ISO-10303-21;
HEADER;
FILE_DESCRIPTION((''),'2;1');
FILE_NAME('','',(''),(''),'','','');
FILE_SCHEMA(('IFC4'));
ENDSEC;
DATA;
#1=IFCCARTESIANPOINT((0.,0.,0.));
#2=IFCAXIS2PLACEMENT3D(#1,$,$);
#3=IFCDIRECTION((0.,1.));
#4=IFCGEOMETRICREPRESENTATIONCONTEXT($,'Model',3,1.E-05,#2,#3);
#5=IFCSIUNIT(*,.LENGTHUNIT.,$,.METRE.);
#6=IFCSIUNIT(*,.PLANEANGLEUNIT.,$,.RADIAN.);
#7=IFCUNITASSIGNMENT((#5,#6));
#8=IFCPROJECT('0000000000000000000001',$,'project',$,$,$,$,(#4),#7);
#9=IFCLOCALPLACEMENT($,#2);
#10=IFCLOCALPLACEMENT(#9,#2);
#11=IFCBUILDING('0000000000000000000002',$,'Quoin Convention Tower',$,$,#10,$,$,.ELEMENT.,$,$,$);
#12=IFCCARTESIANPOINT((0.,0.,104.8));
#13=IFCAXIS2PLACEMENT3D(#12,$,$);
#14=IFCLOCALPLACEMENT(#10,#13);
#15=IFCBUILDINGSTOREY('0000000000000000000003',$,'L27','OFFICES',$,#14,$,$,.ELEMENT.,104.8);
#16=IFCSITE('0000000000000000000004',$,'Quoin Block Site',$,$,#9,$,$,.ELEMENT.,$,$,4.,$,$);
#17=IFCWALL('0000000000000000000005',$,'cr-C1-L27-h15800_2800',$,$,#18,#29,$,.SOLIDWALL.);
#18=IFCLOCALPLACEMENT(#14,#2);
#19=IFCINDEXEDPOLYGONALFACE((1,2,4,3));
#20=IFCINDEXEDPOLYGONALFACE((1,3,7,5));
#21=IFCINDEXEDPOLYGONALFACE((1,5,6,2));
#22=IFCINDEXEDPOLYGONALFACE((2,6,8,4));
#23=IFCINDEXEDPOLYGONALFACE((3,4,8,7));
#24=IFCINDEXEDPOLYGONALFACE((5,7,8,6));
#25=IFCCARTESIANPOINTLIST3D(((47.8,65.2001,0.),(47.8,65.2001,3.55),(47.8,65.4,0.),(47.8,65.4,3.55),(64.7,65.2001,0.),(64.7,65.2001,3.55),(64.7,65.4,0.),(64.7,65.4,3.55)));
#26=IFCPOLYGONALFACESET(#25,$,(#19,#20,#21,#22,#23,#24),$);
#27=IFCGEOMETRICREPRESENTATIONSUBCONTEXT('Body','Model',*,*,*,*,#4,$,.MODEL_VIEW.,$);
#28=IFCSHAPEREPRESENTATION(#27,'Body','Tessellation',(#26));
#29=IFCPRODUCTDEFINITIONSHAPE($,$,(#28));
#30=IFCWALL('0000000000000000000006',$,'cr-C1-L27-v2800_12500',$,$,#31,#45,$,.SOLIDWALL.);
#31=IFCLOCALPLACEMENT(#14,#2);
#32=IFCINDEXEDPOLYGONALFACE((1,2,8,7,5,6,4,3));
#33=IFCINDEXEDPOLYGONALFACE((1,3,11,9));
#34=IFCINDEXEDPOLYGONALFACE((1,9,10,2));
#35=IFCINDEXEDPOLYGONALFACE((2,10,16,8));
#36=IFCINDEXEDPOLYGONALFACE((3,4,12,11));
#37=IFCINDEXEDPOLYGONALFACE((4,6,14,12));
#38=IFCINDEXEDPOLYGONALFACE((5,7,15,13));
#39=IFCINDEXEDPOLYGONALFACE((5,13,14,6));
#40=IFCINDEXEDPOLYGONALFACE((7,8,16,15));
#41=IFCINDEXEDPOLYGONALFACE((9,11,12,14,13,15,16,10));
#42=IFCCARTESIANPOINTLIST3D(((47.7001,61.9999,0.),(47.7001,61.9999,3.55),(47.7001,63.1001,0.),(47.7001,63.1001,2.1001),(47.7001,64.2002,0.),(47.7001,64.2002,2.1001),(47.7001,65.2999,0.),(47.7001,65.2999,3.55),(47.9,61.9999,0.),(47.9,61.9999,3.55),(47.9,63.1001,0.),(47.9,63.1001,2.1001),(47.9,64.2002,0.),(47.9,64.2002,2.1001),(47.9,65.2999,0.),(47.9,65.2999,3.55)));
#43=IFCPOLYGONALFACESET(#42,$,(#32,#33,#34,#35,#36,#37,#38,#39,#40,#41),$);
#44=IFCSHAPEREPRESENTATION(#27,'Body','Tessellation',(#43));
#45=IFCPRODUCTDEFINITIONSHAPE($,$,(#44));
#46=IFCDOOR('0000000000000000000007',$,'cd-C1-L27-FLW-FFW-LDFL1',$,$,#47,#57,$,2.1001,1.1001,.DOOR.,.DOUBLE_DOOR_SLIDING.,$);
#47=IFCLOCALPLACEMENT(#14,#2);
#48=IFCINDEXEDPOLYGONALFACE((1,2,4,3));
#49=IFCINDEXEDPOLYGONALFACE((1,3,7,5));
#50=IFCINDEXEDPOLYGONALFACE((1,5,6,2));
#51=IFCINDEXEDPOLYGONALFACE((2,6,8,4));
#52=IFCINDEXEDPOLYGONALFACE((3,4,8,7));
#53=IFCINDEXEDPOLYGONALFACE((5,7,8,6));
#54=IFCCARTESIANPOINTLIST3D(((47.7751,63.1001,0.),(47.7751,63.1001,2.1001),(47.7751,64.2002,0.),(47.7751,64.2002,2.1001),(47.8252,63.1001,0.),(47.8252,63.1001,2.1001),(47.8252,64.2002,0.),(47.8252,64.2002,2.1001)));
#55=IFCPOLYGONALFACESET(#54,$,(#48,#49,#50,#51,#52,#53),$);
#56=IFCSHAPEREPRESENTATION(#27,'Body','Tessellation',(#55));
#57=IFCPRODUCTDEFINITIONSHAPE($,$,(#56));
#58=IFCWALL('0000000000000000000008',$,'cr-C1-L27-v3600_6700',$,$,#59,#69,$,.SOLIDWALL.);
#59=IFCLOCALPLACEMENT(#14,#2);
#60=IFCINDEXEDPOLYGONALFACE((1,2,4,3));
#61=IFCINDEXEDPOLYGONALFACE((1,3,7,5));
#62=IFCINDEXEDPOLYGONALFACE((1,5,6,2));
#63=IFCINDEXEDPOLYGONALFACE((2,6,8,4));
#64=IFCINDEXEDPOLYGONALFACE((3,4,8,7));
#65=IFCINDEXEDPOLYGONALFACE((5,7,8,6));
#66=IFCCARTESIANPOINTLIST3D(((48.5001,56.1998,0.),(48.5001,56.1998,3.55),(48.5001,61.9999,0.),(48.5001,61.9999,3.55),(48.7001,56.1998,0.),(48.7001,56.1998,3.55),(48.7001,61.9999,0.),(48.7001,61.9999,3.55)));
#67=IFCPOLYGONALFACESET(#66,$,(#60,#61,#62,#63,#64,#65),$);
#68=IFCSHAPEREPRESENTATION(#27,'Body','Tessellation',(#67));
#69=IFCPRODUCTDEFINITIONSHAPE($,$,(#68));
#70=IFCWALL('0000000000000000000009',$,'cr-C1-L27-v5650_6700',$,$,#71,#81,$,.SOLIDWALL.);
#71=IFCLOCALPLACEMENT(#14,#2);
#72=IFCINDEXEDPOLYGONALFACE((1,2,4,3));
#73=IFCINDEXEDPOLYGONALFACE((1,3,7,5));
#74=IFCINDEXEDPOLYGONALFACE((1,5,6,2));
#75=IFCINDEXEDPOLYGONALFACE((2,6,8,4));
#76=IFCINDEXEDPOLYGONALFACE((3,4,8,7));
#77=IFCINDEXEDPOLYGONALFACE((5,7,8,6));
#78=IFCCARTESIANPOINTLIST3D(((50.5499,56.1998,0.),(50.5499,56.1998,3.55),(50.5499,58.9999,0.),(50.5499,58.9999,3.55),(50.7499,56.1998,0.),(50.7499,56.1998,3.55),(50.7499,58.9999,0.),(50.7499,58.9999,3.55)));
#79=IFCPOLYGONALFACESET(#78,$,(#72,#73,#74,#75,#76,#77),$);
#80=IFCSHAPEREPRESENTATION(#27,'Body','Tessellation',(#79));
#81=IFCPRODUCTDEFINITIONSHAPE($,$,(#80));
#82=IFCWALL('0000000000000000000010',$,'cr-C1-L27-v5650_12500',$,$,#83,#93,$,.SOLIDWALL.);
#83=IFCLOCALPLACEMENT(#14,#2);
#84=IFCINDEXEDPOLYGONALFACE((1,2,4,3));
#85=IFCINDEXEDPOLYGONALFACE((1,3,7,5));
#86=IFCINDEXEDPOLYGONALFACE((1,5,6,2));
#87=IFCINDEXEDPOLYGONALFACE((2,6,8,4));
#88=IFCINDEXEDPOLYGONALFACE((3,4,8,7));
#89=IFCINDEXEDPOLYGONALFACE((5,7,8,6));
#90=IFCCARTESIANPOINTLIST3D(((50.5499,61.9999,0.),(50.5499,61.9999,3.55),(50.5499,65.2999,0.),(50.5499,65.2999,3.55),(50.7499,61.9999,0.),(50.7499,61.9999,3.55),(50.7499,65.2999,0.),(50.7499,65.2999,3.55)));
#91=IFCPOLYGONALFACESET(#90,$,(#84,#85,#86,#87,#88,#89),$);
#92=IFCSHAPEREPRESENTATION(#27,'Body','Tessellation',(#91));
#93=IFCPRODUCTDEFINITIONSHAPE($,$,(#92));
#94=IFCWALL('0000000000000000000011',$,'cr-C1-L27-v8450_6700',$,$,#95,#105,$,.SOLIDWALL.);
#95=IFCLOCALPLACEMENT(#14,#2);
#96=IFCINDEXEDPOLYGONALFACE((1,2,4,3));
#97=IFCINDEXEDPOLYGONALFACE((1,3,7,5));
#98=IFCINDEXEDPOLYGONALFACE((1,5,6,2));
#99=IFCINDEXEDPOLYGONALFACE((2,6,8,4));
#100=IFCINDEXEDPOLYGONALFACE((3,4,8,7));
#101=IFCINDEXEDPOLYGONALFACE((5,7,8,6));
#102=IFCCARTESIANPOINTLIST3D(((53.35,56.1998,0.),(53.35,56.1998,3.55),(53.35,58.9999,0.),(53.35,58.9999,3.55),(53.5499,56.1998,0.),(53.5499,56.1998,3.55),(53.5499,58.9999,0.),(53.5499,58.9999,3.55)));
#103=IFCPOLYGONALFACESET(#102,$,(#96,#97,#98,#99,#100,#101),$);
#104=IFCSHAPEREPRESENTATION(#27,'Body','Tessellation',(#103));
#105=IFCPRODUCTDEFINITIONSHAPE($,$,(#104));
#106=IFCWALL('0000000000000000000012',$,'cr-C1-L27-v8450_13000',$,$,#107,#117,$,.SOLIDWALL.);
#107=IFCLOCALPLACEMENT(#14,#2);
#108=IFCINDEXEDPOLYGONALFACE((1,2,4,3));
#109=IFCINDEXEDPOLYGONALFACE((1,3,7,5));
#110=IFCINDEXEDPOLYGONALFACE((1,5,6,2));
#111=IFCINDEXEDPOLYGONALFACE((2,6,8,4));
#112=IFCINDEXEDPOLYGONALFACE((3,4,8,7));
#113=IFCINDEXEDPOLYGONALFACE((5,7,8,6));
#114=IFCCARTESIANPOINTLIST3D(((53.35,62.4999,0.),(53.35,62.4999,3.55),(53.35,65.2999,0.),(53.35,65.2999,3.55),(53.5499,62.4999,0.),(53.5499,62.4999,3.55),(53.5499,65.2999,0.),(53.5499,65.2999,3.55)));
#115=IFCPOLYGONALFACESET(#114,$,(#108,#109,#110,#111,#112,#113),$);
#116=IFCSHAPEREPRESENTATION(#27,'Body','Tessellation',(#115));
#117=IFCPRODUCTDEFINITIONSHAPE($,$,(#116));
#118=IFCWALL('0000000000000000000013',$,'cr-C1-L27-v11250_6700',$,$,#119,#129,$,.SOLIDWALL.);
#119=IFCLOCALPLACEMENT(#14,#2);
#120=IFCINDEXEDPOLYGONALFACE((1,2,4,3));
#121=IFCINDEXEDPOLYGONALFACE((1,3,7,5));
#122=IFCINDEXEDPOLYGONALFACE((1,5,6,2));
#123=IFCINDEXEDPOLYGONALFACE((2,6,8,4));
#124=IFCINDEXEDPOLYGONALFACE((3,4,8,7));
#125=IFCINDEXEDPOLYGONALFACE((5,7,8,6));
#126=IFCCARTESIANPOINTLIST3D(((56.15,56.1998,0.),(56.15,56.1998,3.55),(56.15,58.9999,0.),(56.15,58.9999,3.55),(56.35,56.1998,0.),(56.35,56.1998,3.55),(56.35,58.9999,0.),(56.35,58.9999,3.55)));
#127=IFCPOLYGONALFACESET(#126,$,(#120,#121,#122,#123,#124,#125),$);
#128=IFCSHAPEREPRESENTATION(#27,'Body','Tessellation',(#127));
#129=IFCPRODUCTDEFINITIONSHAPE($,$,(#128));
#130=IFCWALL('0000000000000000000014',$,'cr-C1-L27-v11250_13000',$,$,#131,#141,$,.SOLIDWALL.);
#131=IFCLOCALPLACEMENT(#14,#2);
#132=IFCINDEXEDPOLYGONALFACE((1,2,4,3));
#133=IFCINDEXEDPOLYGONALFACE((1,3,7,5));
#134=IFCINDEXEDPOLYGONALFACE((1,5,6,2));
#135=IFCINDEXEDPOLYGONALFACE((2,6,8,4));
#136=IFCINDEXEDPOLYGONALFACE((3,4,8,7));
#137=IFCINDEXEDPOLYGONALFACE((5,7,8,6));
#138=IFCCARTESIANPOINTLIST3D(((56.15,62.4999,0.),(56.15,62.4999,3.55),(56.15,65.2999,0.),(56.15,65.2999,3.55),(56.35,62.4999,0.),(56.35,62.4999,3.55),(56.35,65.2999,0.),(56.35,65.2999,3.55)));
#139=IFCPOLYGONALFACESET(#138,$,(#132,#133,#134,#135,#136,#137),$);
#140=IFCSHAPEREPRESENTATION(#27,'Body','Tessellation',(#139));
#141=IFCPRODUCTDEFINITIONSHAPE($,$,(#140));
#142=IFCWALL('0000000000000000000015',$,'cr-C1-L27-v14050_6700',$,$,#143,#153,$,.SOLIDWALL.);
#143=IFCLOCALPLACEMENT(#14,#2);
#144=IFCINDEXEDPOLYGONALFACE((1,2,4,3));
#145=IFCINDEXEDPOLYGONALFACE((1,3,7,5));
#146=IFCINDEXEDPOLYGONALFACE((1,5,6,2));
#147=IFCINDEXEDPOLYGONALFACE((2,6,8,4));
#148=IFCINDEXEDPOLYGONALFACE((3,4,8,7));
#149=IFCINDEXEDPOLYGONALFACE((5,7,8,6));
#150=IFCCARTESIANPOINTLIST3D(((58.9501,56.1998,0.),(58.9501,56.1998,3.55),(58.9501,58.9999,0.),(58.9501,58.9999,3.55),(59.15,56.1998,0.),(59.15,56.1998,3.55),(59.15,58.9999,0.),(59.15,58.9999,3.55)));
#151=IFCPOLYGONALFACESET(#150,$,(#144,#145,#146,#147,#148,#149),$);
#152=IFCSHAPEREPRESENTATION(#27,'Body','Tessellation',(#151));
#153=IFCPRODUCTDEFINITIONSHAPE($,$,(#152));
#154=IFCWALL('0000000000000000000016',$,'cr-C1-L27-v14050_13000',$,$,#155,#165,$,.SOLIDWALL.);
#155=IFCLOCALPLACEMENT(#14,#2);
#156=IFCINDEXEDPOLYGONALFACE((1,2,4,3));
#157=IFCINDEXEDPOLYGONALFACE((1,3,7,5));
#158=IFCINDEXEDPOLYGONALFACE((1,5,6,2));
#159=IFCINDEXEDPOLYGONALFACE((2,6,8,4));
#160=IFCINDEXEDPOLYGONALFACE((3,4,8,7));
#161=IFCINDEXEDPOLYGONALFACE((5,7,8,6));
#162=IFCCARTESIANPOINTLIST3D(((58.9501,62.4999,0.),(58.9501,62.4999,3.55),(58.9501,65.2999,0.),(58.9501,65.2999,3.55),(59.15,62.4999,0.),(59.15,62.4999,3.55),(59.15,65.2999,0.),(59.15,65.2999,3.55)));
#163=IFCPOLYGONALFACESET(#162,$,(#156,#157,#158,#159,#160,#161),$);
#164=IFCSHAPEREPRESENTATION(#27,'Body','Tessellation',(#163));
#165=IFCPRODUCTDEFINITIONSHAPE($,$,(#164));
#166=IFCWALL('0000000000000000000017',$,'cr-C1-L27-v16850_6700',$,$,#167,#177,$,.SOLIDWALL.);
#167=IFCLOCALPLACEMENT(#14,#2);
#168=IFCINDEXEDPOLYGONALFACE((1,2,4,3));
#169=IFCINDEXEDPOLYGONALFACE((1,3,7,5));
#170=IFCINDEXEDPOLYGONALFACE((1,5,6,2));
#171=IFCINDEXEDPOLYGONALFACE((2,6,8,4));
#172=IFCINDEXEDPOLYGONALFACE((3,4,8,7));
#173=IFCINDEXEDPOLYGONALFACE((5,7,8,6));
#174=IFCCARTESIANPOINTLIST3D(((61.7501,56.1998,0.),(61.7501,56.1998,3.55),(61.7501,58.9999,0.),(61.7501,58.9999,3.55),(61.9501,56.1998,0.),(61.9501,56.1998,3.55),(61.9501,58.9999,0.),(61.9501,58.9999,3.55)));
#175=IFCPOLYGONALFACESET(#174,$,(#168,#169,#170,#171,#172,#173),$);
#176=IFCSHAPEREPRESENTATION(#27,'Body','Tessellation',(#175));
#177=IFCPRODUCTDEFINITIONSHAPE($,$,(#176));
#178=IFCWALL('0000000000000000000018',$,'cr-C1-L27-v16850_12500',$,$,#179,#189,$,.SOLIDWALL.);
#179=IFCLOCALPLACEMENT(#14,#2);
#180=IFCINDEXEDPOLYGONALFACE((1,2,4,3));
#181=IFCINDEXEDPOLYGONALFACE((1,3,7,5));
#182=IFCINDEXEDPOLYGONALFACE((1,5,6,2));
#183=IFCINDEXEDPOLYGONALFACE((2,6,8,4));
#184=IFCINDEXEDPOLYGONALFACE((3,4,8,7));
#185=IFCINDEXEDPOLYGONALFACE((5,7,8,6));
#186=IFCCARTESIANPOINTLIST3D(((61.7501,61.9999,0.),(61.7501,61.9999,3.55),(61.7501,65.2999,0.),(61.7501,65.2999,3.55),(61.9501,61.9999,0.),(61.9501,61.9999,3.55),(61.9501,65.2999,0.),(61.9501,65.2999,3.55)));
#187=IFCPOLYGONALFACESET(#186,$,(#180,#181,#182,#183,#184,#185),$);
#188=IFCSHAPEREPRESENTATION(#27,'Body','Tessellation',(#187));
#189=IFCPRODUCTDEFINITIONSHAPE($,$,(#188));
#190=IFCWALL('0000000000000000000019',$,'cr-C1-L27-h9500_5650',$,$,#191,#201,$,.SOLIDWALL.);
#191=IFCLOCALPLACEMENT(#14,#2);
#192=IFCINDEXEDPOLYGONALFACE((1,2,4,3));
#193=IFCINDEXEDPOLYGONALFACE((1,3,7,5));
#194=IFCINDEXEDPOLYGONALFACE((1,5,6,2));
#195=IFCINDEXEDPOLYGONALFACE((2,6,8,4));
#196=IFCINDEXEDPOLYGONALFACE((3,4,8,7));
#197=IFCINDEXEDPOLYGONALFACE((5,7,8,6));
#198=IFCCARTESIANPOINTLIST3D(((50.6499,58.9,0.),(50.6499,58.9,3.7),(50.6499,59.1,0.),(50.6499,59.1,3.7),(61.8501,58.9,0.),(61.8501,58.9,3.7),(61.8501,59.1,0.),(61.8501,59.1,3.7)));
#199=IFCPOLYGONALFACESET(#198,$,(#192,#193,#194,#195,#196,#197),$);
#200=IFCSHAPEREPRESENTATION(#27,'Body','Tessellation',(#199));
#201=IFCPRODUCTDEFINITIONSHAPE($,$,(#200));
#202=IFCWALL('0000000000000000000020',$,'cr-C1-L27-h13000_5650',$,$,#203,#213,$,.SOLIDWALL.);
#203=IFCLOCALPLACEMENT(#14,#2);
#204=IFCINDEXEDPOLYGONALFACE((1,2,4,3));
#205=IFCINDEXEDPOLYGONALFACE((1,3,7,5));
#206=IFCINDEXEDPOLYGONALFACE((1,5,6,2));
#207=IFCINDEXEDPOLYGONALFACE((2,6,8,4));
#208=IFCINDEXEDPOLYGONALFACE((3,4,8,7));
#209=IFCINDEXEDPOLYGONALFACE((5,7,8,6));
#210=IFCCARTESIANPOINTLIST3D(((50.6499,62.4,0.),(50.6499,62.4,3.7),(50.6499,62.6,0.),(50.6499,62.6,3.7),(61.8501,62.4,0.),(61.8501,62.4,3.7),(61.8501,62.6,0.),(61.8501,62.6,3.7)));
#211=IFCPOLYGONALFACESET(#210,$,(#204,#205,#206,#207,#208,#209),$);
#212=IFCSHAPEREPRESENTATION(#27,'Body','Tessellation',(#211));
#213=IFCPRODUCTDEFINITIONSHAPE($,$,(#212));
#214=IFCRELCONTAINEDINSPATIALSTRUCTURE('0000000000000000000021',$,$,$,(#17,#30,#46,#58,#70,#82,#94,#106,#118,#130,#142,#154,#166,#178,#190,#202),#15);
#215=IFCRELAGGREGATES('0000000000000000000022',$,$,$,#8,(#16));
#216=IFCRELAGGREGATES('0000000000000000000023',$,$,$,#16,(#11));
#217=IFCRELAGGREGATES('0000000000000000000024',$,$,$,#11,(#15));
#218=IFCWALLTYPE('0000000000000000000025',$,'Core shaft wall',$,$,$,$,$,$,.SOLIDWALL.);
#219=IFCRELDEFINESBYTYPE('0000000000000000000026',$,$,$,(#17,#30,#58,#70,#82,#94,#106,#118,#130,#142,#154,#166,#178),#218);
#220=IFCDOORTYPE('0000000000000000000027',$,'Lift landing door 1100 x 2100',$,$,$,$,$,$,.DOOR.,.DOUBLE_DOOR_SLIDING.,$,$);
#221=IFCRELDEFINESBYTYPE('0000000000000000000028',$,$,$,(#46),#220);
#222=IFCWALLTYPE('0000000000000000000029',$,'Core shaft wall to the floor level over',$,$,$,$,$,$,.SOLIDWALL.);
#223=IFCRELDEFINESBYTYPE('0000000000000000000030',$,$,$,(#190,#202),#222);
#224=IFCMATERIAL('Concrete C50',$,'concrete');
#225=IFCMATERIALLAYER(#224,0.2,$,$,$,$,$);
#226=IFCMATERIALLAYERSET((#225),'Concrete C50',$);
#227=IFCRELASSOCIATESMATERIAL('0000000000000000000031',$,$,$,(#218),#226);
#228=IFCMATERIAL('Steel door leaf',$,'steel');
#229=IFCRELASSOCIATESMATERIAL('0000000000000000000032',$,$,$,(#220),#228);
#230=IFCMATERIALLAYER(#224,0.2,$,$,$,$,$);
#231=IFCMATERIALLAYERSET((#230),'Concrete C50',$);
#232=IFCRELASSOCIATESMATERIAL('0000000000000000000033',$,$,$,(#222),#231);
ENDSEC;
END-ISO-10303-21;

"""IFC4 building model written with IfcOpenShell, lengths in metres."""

from ifc_helpers import new_model, si_unit, direction, frame, frame_2d, origin, place, context, subcontext, project, spatial, rectangle, extrude, material, layer, layer_set, type_object, element, fill, save


model = new_model("IFC4")

# Units and contexts
model_context = context("Model", 3, precision=1e-05, world=origin(), true_north=direction((0.0, 1.0)))
body_context = subcontext(model_context, "Body", "Model", "MODEL_VIEW")
ifc_project = project(units=[si_unit("LENGTHUNIT", "METRE"), si_unit("PLANEANGLEUNIT", "RADIAN")], contexts=[model_context])

# Site, building, storey
site_placement = place(None, origin())
site = spatial("IfcSite", under=ifc_project, at=site_placement, Name="Quoin Block Site", CompositionType="ELEMENT", RefElevation=4.0)
building_placement = place(site_placement, origin())
building = spatial("IfcBuilding", under=site, at=building_placement, Name="Quoin Convention Tower", CompositionType="ELEMENT")
storey_placement = place(building_placement, frame((0.0, 0.0, 104.8)))
storey = spatial("IfcBuildingStorey", under=building, at=storey_placement, Name="L27", Description="OFFICES", CompositionType="ELEMENT", Elevation=104.8)

# Shared definitions
ifc_material_1 = material(Name="Steel door leaf", Category="steel")

# Shared definitions
ifc_material_2 = material(Name="Concrete C50", Category="concrete")
ifc_layer_1 = layer(ifc_material_2, 0.2)
ifc_layer_set_1 = layer_set([ifc_layer_1], Name="Concrete C50")
wall_type_1 = type_object("IfcWallType", Name="Core shaft wall", PredefinedType="SOLIDWALL", material=ifc_layer_set_1)

# Wall
wall_1_placement = place(storey_placement, frame((47.8, 65.3, 0.0), z_axis=(0.0, 0.0, 1.0), x_axis=(1.0, 0.0, 0.0)))
element("IfcWall", 1, at=wall_1_placement, inside=storey, type_object=wall_type_1, Name="cr-C1-L27-h15800_2800", PredefinedType="SOLIDWALL", context=body_context, shape_type="SweptSolid", body=[
    extrude(rectangle(XDim=16.8999, YDim=0.2, at=frame_2d((8.45, 0.0))), origin(), (0.0, 0.0, 1.0), 3.55),
])

# Wall, opening, door
wall_2_placement = place(storey_placement, frame((47.8, 62.0, 0.0), z_axis=(0.0, 0.0, 1.0), x_axis=(0.0, 1.0, 0.0)))
wall_2 = element("IfcWall", 2, at=wall_2_placement, inside=storey, type_object=wall_type_1, Name="cr-C1-L27-v2800_12500", PredefinedType="SOLIDWALL", context=body_context, shape_type="SweptSolid", body=[
    extrude(rectangle(XDim=3.3, YDim=0.2, at=frame_2d((1.6499, 0.0))), origin(), (0.0, 0.0, 1.0), 3.55),
])
opening_1_placement = place(wall_2_placement, frame((1.1001, 0.0, 0.0)))
opening_1 = element("IfcOpeningElement", 3, at=opening_1_placement, cuts=wall_2, PredefinedType="OPENING", context=body_context, shape_type="SweptSolid", body=[
    extrude(rectangle(XDim=1.1001, YDim=2.1001, at=frame_2d((0.55, 1.05))), frame((0.0, 0.1099, 0.0), z_axis=(0.0, -1.0, 0.0), x_axis=(1.0, 0.0, 0.0)), (0.0, 0.0, 1.0), 0.22),
])
door_type_1 = type_object("IfcDoorType", Name="Lift landing door 1100 x 2100", OperationType="DOUBLE_DOOR_SLIDING", PredefinedType="DOOR", material=ifc_material_1)
door_1_placement = place(opening_1_placement, origin())
door_1 = element("IfcDoor", 4, at=door_1_placement, inside=storey, type_object=door_type_1, Name="cd-C1-L27-FLW-FFW-LDFL1", OperationType="DOUBLE_DOOR_SLIDING", OverallHeight=2.1001, OverallWidth=1.1001, PredefinedType="DOOR", context=body_context, shape_type="SweptSolid", body=[
    extrude(rectangle(XDim=1.1001, YDim=2.1001, at=frame_2d((0.55, 1.05))), frame((0.0, 0.0249, 0.0), z_axis=(0.0, -1.0, 0.0), x_axis=(1.0, 0.0, 0.0)), (0.0, 0.0, 1.0), 0.05),
])
fill(opening_1, door_1)

# Walls
wall_3_placement = place(storey_placement, frame((48.6001, 56.2, 0.0), z_axis=(0.0, 0.0, 1.0), x_axis=(0.0, 1.0, 0.0)))
element("IfcWall", 5, at=wall_3_placement, inside=storey, type_object=wall_type_1, Name="cr-C1-L27-v3600_6700", PredefinedType="SOLIDWALL", context=body_context, shape_type="SweptSolid", body=[
    extrude(rectangle(XDim=5.8, YDim=0.2, at=frame_2d((2.8999, 0.0))), origin(), (0.0, 0.0, 1.0), 3.55),
])
wall_4_placement = place(storey_placement, frame((50.6499, 56.2, 0.0), z_axis=(0.0, 0.0, 1.0), x_axis=(0.0, 1.0, 0.0)))
element("IfcWall", 6, at=wall_4_placement, inside=storey, type_object=wall_type_1, Name="cr-C1-L27-v5650_6700", PredefinedType="SOLIDWALL", context=body_context, shape_type="SweptSolid", body=[
    extrude(rectangle(XDim=2.8, YDim=0.2, at=frame_2d((1.3999, 0.0))), origin(), (0.0, 0.0, 1.0), 3.55),
])
wall_5_placement = place(storey_placement, frame((50.6499, 62.0, 0.0), z_axis=(0.0, 0.0, 1.0), x_axis=(0.0, 1.0, 0.0)))
element("IfcWall", 7, at=wall_5_placement, inside=storey, type_object=wall_type_1, Name="cr-C1-L27-v5650_12500", PredefinedType="SOLIDWALL", context=body_context, shape_type="SweptSolid", body=[
    extrude(rectangle(XDim=3.3, YDim=0.2, at=frame_2d((1.6499, 0.0))), origin(), (0.0, 0.0, 1.0), 3.55),
])
for number, where, z_axis, x_axis, name in (
    (8, (53.45, 56.2, 0.0), (0.0, 0.0, 1.0), (0.0, 1.0, 0.0), "cr-C1-L27-v8450_6700"),
    (9, (53.45, 62.5, 0.0), (0.0, 0.0, 1.0), (0.0, 1.0, 0.0), "cr-C1-L27-v8450_13000"),
    (10, (56.25, 56.2, 0.0), (0.0, 0.0, 1.0), (0.0, 1.0, 0.0), "cr-C1-L27-v11250_6700"),
    (11, (56.25, 62.5, 0.0), (0.0, 0.0, 1.0), (0.0, 1.0, 0.0), "cr-C1-L27-v11250_13000"),
    (12, (59.05, 56.2, 0.0), (0.0, 0.0, 1.0), (0.0, 1.0, 0.0), "cr-C1-L27-v14050_6700"),
    (13, (59.05, 62.5, 0.0), (0.0, 0.0, 1.0), (0.0, 1.0, 0.0), "cr-C1-L27-v14050_13000"),
    (14, (61.8501, 56.2, 0.0), (0.0, 0.0, 1.0), (0.0, 1.0, 0.0), "cr-C1-L27-v16850_6700"),
):
    element("IfcWall", number, at=place(storey_placement, frame(where, z_axis=z_axis, x_axis=x_axis)), inside=storey, type_object=wall_type_1, Name=name, PredefinedType="SOLIDWALL", context=body_context, shape_type="SweptSolid", body=[
        extrude(rectangle(XDim=2.8, YDim=0.2, at=frame_2d((1.3999, 0.0))), origin(), (0.0, 0.0, 1.0), 3.55),
    ])
wall_6_placement = place(storey_placement, frame((61.8501, 62.0, 0.0), z_axis=(0.0, 0.0, 1.0), x_axis=(0.0, 1.0, 0.0)))
element("IfcWall", 15, at=wall_6_placement, inside=storey, type_object=wall_type_1, Name="cr-C1-L27-v16850_12500", PredefinedType="SOLIDWALL", context=body_context, shape_type="SweptSolid", body=[
    extrude(rectangle(XDim=3.3, YDim=0.2, at=frame_2d((1.6499, 0.0))), origin(), (0.0, 0.0, 1.0), 3.55),
])
ifc_layer_2 = layer(ifc_material_2, 0.2)
ifc_layer_set_2 = layer_set([ifc_layer_2], Name="Concrete C50")
wall_type_2 = type_object("IfcWallType", Name="Core shaft wall to the floor level over", PredefinedType="SOLIDWALL", material=ifc_layer_set_2)
for number, where, z_axis, x_axis, name in (
    (16, (50.6499, 59.0, 0.0), (0.0, 0.0, 1.0), (1.0, 0.0, 0.0), "cr-C1-L27-h9500_5650"),
    (17, (50.6499, 62.5, 0.0), (0.0, 0.0, 1.0), (1.0, 0.0, 0.0), "cr-C1-L27-h13000_5650"),
):
    element("IfcWall", number, at=place(storey_placement, frame(where, z_axis=z_axis, x_axis=x_axis)), inside=storey, type_object=wall_type_2, Name=name, PredefinedType="SOLIDWALL", context=body_context, shape_type="SweptSolid", body=[
        extrude(rectangle(XDim=11.2002, YDim=0.2, at=frame_2d((5.6001, 0.0))), origin(), (0.0, 0.0, 1.0), 3.7),
    ])

save(model, "model.ifc")
